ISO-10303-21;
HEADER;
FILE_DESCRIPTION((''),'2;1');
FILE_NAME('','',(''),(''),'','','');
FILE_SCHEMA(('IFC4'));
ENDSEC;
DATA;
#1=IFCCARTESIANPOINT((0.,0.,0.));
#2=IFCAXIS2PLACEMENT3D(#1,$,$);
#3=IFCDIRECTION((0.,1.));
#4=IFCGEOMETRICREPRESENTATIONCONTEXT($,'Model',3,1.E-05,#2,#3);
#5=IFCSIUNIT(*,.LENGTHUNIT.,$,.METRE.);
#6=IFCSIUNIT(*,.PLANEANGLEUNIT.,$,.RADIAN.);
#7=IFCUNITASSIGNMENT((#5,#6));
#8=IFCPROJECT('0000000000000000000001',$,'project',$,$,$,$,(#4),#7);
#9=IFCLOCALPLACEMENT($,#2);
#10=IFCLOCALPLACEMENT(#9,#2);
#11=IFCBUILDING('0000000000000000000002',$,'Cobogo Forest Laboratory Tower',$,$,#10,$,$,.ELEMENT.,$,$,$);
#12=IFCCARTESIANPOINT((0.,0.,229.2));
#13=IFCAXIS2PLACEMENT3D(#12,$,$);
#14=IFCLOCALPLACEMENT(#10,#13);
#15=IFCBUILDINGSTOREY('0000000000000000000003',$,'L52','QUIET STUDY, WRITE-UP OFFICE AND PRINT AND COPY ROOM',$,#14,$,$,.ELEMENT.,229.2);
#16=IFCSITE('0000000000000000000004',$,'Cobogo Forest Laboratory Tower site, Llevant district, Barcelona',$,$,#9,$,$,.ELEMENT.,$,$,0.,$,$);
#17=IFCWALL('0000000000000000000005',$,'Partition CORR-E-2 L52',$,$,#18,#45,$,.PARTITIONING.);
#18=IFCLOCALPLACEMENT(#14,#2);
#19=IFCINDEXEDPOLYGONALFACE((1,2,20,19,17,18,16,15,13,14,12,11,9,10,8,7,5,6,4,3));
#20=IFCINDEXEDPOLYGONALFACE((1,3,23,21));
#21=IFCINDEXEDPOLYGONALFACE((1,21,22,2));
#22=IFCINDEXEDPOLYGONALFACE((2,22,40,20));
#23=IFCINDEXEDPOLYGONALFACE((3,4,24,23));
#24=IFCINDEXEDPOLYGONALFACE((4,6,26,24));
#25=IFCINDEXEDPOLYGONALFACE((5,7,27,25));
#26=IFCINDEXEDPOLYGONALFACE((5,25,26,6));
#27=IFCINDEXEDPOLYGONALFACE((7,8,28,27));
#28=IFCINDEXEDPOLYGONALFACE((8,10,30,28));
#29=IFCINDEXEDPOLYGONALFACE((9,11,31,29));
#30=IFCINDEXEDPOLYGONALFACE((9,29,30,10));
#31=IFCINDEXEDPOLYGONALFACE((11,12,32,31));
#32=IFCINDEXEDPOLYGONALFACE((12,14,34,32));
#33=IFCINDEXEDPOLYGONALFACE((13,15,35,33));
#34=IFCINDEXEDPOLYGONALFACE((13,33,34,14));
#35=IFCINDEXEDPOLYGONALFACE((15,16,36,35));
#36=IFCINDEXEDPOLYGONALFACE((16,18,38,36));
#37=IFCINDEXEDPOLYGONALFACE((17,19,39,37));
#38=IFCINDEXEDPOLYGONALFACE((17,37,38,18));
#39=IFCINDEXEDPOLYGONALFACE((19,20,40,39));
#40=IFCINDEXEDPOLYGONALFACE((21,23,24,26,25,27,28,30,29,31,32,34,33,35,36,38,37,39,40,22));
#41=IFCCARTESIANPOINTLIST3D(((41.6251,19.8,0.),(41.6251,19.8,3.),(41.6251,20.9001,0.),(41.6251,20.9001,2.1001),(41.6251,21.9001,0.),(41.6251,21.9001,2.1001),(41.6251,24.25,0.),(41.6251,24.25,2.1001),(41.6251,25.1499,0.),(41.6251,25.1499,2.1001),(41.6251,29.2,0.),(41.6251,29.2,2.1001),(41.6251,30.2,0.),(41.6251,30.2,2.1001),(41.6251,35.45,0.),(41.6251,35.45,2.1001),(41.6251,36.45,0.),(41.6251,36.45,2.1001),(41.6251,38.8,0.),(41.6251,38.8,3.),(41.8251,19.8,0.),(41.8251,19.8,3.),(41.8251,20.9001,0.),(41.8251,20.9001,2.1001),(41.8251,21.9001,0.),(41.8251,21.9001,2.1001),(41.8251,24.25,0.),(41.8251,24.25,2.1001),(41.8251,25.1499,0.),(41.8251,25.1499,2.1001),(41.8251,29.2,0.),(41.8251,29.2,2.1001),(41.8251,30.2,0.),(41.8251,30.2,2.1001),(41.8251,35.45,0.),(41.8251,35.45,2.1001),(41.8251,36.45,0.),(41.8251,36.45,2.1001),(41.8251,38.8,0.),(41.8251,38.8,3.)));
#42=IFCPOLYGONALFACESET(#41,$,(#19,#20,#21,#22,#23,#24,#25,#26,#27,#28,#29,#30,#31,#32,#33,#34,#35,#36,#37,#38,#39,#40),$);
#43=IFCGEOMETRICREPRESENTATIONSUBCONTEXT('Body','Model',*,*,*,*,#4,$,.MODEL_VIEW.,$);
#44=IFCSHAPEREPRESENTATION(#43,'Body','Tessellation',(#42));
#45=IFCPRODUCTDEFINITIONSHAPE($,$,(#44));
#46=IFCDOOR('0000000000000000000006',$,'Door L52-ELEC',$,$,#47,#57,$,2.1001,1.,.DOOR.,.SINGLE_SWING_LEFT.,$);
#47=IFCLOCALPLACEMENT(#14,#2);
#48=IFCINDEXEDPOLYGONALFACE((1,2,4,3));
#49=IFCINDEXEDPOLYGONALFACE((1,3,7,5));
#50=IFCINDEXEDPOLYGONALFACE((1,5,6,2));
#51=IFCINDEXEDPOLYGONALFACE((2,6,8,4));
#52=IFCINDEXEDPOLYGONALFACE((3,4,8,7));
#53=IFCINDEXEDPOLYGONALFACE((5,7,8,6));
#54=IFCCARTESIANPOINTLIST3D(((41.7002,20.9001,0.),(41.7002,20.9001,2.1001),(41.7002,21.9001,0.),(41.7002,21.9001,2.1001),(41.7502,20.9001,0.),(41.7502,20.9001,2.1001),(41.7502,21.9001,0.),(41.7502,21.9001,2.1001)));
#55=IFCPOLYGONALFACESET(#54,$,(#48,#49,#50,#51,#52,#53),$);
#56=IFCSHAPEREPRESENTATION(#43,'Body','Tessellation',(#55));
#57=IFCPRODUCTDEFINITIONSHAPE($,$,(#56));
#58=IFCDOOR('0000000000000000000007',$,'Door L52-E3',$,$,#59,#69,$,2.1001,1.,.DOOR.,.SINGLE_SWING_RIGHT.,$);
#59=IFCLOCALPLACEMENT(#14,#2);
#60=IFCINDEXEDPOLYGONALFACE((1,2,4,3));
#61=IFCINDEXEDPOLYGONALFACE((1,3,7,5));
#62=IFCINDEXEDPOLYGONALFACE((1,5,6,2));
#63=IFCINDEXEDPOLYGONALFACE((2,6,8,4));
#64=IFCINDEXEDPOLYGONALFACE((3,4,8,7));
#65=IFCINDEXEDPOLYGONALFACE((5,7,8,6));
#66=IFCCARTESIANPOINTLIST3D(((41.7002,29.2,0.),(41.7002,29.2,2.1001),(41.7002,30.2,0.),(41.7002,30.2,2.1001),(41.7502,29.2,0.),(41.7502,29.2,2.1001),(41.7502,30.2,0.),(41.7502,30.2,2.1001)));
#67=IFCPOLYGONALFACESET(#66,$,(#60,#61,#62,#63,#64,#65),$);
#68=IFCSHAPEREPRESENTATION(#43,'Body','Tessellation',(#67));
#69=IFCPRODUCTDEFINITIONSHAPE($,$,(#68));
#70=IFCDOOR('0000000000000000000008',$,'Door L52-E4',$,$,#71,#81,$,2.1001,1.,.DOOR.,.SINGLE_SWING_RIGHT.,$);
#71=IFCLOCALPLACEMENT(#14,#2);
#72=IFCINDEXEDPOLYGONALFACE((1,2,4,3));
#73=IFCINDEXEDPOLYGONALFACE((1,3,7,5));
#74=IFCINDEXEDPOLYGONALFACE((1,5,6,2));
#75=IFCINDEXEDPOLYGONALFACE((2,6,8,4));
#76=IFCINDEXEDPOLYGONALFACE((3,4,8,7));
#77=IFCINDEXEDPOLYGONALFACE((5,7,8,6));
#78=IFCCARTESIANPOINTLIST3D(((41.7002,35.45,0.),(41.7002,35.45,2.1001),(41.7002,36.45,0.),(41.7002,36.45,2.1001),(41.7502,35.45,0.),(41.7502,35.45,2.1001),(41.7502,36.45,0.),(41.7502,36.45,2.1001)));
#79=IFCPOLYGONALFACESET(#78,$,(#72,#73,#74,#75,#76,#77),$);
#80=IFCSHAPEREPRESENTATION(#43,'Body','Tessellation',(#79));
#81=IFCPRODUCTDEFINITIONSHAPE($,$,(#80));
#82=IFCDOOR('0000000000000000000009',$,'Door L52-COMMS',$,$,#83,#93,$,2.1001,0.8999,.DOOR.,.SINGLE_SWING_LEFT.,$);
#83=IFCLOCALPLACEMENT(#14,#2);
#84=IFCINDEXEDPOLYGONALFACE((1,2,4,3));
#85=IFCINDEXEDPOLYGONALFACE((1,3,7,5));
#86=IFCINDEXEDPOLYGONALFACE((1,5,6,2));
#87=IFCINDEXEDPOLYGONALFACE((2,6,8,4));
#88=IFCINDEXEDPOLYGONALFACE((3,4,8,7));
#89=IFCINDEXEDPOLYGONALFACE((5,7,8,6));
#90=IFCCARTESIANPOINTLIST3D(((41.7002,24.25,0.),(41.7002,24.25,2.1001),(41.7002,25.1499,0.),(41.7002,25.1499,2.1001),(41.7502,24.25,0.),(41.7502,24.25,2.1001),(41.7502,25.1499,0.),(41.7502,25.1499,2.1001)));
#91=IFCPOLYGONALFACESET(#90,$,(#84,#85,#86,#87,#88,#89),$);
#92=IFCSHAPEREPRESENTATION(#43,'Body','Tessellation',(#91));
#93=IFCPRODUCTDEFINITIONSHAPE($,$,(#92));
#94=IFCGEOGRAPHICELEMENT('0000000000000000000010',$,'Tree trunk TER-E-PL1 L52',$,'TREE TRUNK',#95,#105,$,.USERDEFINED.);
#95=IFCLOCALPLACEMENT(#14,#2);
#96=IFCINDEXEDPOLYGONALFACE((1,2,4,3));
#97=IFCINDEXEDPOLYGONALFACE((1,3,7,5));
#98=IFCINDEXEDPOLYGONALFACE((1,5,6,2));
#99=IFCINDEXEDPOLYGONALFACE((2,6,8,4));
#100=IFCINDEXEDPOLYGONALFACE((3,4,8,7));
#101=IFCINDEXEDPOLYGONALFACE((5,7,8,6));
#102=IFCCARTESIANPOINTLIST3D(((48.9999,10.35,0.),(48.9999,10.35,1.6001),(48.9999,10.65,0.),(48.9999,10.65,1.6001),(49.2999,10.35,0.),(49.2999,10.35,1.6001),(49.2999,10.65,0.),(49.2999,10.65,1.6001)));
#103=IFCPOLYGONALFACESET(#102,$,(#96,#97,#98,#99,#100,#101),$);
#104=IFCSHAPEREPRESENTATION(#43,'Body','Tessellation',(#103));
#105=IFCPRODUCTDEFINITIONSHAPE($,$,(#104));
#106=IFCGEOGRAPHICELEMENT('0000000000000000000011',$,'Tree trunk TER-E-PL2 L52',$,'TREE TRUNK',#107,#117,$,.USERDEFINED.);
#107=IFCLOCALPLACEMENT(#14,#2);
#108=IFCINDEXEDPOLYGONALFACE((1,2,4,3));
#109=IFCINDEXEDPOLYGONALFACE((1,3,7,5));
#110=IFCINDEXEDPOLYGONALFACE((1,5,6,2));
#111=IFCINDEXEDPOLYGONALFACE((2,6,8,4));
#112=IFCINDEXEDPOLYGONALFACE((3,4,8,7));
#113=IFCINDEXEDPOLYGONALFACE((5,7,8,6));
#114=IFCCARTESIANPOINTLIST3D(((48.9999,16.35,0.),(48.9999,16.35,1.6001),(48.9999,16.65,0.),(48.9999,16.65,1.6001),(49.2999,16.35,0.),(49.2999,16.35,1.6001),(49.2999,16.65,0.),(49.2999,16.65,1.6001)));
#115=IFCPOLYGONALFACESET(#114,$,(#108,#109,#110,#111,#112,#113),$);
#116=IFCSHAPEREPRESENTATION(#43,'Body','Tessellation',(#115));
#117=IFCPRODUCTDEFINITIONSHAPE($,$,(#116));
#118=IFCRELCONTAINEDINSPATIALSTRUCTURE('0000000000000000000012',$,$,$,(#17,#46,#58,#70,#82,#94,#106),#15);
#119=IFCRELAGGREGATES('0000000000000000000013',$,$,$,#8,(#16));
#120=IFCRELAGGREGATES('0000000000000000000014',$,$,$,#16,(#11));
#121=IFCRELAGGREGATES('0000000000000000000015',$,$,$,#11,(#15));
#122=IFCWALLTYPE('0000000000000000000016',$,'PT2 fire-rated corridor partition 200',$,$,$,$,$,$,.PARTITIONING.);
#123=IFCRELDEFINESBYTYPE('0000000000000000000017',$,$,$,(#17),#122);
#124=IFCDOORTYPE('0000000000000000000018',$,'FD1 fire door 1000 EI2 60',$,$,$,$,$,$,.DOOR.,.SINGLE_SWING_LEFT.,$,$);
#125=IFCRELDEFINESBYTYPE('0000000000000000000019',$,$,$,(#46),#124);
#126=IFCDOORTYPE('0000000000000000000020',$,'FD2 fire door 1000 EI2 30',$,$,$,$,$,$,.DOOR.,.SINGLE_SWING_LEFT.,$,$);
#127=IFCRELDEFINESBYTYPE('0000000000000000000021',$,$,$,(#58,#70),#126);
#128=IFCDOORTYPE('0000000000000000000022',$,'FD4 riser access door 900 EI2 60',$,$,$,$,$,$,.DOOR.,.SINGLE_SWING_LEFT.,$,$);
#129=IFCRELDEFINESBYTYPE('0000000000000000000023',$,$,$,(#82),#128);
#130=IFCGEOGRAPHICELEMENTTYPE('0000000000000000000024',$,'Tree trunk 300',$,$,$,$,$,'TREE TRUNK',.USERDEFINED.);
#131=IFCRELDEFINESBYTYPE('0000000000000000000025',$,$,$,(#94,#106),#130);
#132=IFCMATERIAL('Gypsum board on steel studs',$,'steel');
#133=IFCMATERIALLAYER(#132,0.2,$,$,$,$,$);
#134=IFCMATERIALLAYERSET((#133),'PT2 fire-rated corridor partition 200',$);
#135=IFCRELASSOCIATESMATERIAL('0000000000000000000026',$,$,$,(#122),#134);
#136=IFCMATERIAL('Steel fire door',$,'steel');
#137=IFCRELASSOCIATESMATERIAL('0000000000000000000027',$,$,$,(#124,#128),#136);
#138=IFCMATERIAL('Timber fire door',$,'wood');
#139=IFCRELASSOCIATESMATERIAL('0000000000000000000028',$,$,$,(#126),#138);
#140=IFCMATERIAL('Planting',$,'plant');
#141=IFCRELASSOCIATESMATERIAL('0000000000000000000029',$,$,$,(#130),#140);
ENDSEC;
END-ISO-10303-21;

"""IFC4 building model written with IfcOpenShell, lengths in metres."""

from ifc_helpers import new_model, si_unit, direction, frame, frame_2d, origin, origin_2d, place, context, subcontext, project, spatial, rectangle, extrude, material, layer, layer_set, type_object, element, fill, save


model = new_model("IFC4")

# Units and contexts
model_context = context("Model", 3, precision=1e-05, world=origin(), true_north=direction((0.0, 1.0)))
body_context = subcontext(model_context, "Body", "Model", "MODEL_VIEW")
ifc_project = project(units=[si_unit("LENGTHUNIT", "METRE"), si_unit("PLANEANGLEUNIT", "RADIAN")], contexts=[model_context])

# Site, building, storey
site_placement = place(None, origin())
site = spatial("IfcSite", under=ifc_project, at=site_placement, Name="Cobogo Forest Laboratory Tower site, Llevant district, Barcelona", CompositionType="ELEMENT", RefElevation=0.0)
building_placement = place(site_placement, origin())
building = spatial("IfcBuilding", under=site, at=building_placement, Name="Cobogo Forest Laboratory Tower", CompositionType="ELEMENT")
storey_placement = place(building_placement, frame((0.0, 0.0, 229.2)))
storey = spatial("IfcBuildingStorey", under=building, at=storey_placement, Name="L52", Description="QUIET STUDY, WRITE-UP OFFICE AND PRINT AND COPY ROOM", CompositionType="ELEMENT", Elevation=229.2)

# Shared definitions
ifc_material_1 = material(Name="Gypsum board on steel studs", Category="steel")

# Wall, openings, doors
ifc_layer_1 = layer(ifc_material_1, 0.2)
ifc_layer_set_1 = layer_set([ifc_layer_1], Name="PT2 fire-rated corridor partition 200")
wall_type_1 = type_object("IfcWallType", Name="PT2 fire-rated corridor partition 200", PredefinedType="PARTITIONING", material=ifc_layer_set_1)
wall_1_placement = place(storey_placement, frame((41.7251, 19.8, 0.0), z_axis=(0.0, 0.0, 1.0), x_axis=(0.0, 1.0, 0.0)))
wall_1 = element("IfcWall", 1, at=wall_1_placement, inside=storey, type_object=wall_type_1, Name="Partition CORR-E-2 L52", PredefinedType="PARTITIONING", context=body_context, shape_type="SweptSolid", body=[
    extrude(rectangle(XDim=19.0, YDim=0.2, at=frame_2d((9.5, 0.0))), origin(), (0.0, 0.0, 1.0), 3.0),
])
opening_1_placement = place(wall_1_placement, frame((1.1001, 0.0, 0.0)))
opening_1 = element("IfcOpeningElement", 2, at=opening_1_placement, cuts=wall_1, PredefinedType="OPENING", context=body_context, shape_type="SweptSolid", body=[
    extrude(rectangle(XDim=1.0, YDim=2.1001, at=frame_2d((0.5, 1.05))), frame((0.0, 0.1099, 0.0), z_axis=(0.0, -1.0, 0.0), x_axis=(1.0, 0.0, 0.0)), (0.0, 0.0, 1.0), 0.22),
])
opening_2_placement = place(wall_1_placement, frame((4.45, 0.0, 0.0)))
opening_2 = element("IfcOpeningElement", 3, at=opening_2_placement, cuts=wall_1, PredefinedType="OPENING", context=body_context, shape_type="SweptSolid", body=[
    extrude(rectangle(XDim=0.8999, YDim=2.1001, at=frame_2d((0.45, 1.05))), frame((0.0, 0.1099, 0.0), z_axis=(0.0, -1.0, 0.0), x_axis=(1.0, 0.0, 0.0)), (0.0, 0.0, 1.0), 0.22),
])
opening_3_placement = place(wall_1_placement, frame((9.3999, 0.0, 0.0)))
opening_3 = element("IfcOpeningElement", 4, at=opening_3_placement, cuts=wall_1, PredefinedType="OPENING", context=body_context, shape_type="SweptSolid", body=[
    extrude(rectangle(XDim=1.0, YDim=2.1001, at=frame_2d((0.5, 1.05))), frame((0.0, 0.1099, 0.0), z_axis=(0.0, -1.0, 0.0), x_axis=(1.0, 0.0, 0.0)), (0.0, 0.0, 1.0), 0.22),
])
opening_4_placement = place(wall_1_placement, frame((15.6499, 0.0, 0.0)))
opening_4 = element("IfcOpeningElement", 5, at=opening_4_placement, cuts=wall_1, PredefinedType="OPENING", context=body_context, shape_type="SweptSolid", body=[
    extrude(rectangle(XDim=1.0, YDim=2.1001, at=frame_2d((0.5, 1.05))), frame((0.0, 0.1099, 0.0), z_axis=(0.0, -1.0, 0.0), x_axis=(1.0, 0.0, 0.0)), (0.0, 0.0, 1.0), 0.22),
])
ifc_material_2 = material(Name="Steel fire door", Category="steel")
door_type_1 = type_object("IfcDoorType", Name="FD1 fire door 1000 EI2 60", OperationType="SINGLE_SWING_LEFT", PredefinedType="DOOR", material=ifc_material_2)
door_1_placement = place(opening_1_placement, origin())
door_1 = element("IfcDoor", 6, at=door_1_placement, inside=storey, type_object=door_type_1, Name="Door L52-ELEC", OperationType="SINGLE_SWING_LEFT", OverallHeight=2.1001, OverallWidth=1.0, PredefinedType="DOOR", context=body_context, shape_type="SweptSolid", body=[
    extrude(rectangle(XDim=1.0, YDim=2.1001, at=frame_2d((0.5, 1.05))), frame((0.0, 0.0249, 0.0), z_axis=(0.0, -1.0, 0.0), x_axis=(1.0, 0.0, 0.0)), (0.0, 0.0, 1.0), 0.05),
])
fill(opening_1, door_1)
ifc_material_3 = material(Name="Timber fire door", Category="wood")
door_type_2 = type_object("IfcDoorType", Name="FD2 fire door 1000 EI2 30", OperationType="SINGLE_SWING_LEFT", PredefinedType="DOOR", material=ifc_material_3)
door_2_placement = place(opening_3_placement, origin())
door_2 = element("IfcDoor", 7, at=door_2_placement, inside=storey, type_object=door_type_2, Name="Door L52-E3", OperationType="SINGLE_SWING_RIGHT", OverallHeight=2.1001, OverallWidth=1.0, PredefinedType="DOOR", context=body_context, shape_type="SweptSolid", body=[
    extrude(rectangle(XDim=1.0, YDim=2.1001, at=frame_2d((0.5, 1.05))), frame((0.0, 0.0249, 0.0), z_axis=(0.0, -1.0, 0.0), x_axis=(1.0, 0.0, 0.0)), (0.0, 0.0, 1.0), 0.05),
])
fill(opening_3, door_2)
door_3_placement = place(opening_4_placement, origin())
door_3 = element("IfcDoor", 8, at=door_3_placement, inside=storey, type_object=door_type_2, Name="Door L52-E4", OperationType="SINGLE_SWING_RIGHT", OverallHeight=2.1001, OverallWidth=1.0, PredefinedType="DOOR", context=body_context, shape_type="SweptSolid", body=[
    extrude(rectangle(XDim=1.0, YDim=2.1001, at=frame_2d((0.5, 1.05))), frame((0.0, 0.0249, 0.0), z_axis=(0.0, -1.0, 0.0), x_axis=(1.0, 0.0, 0.0)), (0.0, 0.0, 1.0), 0.05),
])
fill(opening_4, door_3)
door_type_3 = type_object("IfcDoorType", Name="FD4 riser access door 900 EI2 60", OperationType="SINGLE_SWING_LEFT", PredefinedType="DOOR", material=ifc_material_2)
door_4_placement = place(opening_2_placement, origin())
door_4 = element("IfcDoor", 9, at=door_4_placement, inside=storey, type_object=door_type_3, Name="Door L52-COMMS", OperationType="SINGLE_SWING_LEFT", OverallHeight=2.1001, OverallWidth=0.8999, PredefinedType="DOOR", context=body_context, shape_type="SweptSolid", body=[
    extrude(rectangle(XDim=0.8999, YDim=2.1001, at=frame_2d((0.45, 1.05))), frame((0.0, 0.0249, 0.0), z_axis=(0.0, -1.0, 0.0), x_axis=(1.0, 0.0, 0.0)), (0.0, 0.0, 1.0), 0.05),
])
fill(opening_2, door_4)

# Geographic elements
ifc_material_4 = material(Name="Planting", Category="plant")
geographic_element_type = type_object("IfcGeographicElementType", Name="Tree trunk 300", ElementType="TREE TRUNK", PredefinedType="USERDEFINED", material=ifc_material_4)
for number, where, z_axis, x_axis, name in (
    (10, (49.1499, 10.5, 0.0), (0.0, 0.0, 1.0), (1.0, 0.0, 0.0), "Tree trunk TER-E-PL1 L52"),
    (11, (49.1499, 16.5, 0.0), (0.0, 0.0, 1.0), (1.0, 0.0, 0.0), "Tree trunk TER-E-PL2 L52"),
):
    element("IfcGeographicElement", number, at=place(storey_placement, frame(where, z_axis=z_axis, x_axis=x_axis)), inside=storey, type_object=geographic_element_type, Name=name, ObjectType="TREE TRUNK", PredefinedType="USERDEFINED", context=body_context, shape_type="SweptSolid", body=[
        extrude(rectangle(XDim=0.3, YDim=0.3, at=origin_2d()), origin(), (0.0, 0.0, 1.0), 1.6001),
    ])

save(model, "model.ifc")
